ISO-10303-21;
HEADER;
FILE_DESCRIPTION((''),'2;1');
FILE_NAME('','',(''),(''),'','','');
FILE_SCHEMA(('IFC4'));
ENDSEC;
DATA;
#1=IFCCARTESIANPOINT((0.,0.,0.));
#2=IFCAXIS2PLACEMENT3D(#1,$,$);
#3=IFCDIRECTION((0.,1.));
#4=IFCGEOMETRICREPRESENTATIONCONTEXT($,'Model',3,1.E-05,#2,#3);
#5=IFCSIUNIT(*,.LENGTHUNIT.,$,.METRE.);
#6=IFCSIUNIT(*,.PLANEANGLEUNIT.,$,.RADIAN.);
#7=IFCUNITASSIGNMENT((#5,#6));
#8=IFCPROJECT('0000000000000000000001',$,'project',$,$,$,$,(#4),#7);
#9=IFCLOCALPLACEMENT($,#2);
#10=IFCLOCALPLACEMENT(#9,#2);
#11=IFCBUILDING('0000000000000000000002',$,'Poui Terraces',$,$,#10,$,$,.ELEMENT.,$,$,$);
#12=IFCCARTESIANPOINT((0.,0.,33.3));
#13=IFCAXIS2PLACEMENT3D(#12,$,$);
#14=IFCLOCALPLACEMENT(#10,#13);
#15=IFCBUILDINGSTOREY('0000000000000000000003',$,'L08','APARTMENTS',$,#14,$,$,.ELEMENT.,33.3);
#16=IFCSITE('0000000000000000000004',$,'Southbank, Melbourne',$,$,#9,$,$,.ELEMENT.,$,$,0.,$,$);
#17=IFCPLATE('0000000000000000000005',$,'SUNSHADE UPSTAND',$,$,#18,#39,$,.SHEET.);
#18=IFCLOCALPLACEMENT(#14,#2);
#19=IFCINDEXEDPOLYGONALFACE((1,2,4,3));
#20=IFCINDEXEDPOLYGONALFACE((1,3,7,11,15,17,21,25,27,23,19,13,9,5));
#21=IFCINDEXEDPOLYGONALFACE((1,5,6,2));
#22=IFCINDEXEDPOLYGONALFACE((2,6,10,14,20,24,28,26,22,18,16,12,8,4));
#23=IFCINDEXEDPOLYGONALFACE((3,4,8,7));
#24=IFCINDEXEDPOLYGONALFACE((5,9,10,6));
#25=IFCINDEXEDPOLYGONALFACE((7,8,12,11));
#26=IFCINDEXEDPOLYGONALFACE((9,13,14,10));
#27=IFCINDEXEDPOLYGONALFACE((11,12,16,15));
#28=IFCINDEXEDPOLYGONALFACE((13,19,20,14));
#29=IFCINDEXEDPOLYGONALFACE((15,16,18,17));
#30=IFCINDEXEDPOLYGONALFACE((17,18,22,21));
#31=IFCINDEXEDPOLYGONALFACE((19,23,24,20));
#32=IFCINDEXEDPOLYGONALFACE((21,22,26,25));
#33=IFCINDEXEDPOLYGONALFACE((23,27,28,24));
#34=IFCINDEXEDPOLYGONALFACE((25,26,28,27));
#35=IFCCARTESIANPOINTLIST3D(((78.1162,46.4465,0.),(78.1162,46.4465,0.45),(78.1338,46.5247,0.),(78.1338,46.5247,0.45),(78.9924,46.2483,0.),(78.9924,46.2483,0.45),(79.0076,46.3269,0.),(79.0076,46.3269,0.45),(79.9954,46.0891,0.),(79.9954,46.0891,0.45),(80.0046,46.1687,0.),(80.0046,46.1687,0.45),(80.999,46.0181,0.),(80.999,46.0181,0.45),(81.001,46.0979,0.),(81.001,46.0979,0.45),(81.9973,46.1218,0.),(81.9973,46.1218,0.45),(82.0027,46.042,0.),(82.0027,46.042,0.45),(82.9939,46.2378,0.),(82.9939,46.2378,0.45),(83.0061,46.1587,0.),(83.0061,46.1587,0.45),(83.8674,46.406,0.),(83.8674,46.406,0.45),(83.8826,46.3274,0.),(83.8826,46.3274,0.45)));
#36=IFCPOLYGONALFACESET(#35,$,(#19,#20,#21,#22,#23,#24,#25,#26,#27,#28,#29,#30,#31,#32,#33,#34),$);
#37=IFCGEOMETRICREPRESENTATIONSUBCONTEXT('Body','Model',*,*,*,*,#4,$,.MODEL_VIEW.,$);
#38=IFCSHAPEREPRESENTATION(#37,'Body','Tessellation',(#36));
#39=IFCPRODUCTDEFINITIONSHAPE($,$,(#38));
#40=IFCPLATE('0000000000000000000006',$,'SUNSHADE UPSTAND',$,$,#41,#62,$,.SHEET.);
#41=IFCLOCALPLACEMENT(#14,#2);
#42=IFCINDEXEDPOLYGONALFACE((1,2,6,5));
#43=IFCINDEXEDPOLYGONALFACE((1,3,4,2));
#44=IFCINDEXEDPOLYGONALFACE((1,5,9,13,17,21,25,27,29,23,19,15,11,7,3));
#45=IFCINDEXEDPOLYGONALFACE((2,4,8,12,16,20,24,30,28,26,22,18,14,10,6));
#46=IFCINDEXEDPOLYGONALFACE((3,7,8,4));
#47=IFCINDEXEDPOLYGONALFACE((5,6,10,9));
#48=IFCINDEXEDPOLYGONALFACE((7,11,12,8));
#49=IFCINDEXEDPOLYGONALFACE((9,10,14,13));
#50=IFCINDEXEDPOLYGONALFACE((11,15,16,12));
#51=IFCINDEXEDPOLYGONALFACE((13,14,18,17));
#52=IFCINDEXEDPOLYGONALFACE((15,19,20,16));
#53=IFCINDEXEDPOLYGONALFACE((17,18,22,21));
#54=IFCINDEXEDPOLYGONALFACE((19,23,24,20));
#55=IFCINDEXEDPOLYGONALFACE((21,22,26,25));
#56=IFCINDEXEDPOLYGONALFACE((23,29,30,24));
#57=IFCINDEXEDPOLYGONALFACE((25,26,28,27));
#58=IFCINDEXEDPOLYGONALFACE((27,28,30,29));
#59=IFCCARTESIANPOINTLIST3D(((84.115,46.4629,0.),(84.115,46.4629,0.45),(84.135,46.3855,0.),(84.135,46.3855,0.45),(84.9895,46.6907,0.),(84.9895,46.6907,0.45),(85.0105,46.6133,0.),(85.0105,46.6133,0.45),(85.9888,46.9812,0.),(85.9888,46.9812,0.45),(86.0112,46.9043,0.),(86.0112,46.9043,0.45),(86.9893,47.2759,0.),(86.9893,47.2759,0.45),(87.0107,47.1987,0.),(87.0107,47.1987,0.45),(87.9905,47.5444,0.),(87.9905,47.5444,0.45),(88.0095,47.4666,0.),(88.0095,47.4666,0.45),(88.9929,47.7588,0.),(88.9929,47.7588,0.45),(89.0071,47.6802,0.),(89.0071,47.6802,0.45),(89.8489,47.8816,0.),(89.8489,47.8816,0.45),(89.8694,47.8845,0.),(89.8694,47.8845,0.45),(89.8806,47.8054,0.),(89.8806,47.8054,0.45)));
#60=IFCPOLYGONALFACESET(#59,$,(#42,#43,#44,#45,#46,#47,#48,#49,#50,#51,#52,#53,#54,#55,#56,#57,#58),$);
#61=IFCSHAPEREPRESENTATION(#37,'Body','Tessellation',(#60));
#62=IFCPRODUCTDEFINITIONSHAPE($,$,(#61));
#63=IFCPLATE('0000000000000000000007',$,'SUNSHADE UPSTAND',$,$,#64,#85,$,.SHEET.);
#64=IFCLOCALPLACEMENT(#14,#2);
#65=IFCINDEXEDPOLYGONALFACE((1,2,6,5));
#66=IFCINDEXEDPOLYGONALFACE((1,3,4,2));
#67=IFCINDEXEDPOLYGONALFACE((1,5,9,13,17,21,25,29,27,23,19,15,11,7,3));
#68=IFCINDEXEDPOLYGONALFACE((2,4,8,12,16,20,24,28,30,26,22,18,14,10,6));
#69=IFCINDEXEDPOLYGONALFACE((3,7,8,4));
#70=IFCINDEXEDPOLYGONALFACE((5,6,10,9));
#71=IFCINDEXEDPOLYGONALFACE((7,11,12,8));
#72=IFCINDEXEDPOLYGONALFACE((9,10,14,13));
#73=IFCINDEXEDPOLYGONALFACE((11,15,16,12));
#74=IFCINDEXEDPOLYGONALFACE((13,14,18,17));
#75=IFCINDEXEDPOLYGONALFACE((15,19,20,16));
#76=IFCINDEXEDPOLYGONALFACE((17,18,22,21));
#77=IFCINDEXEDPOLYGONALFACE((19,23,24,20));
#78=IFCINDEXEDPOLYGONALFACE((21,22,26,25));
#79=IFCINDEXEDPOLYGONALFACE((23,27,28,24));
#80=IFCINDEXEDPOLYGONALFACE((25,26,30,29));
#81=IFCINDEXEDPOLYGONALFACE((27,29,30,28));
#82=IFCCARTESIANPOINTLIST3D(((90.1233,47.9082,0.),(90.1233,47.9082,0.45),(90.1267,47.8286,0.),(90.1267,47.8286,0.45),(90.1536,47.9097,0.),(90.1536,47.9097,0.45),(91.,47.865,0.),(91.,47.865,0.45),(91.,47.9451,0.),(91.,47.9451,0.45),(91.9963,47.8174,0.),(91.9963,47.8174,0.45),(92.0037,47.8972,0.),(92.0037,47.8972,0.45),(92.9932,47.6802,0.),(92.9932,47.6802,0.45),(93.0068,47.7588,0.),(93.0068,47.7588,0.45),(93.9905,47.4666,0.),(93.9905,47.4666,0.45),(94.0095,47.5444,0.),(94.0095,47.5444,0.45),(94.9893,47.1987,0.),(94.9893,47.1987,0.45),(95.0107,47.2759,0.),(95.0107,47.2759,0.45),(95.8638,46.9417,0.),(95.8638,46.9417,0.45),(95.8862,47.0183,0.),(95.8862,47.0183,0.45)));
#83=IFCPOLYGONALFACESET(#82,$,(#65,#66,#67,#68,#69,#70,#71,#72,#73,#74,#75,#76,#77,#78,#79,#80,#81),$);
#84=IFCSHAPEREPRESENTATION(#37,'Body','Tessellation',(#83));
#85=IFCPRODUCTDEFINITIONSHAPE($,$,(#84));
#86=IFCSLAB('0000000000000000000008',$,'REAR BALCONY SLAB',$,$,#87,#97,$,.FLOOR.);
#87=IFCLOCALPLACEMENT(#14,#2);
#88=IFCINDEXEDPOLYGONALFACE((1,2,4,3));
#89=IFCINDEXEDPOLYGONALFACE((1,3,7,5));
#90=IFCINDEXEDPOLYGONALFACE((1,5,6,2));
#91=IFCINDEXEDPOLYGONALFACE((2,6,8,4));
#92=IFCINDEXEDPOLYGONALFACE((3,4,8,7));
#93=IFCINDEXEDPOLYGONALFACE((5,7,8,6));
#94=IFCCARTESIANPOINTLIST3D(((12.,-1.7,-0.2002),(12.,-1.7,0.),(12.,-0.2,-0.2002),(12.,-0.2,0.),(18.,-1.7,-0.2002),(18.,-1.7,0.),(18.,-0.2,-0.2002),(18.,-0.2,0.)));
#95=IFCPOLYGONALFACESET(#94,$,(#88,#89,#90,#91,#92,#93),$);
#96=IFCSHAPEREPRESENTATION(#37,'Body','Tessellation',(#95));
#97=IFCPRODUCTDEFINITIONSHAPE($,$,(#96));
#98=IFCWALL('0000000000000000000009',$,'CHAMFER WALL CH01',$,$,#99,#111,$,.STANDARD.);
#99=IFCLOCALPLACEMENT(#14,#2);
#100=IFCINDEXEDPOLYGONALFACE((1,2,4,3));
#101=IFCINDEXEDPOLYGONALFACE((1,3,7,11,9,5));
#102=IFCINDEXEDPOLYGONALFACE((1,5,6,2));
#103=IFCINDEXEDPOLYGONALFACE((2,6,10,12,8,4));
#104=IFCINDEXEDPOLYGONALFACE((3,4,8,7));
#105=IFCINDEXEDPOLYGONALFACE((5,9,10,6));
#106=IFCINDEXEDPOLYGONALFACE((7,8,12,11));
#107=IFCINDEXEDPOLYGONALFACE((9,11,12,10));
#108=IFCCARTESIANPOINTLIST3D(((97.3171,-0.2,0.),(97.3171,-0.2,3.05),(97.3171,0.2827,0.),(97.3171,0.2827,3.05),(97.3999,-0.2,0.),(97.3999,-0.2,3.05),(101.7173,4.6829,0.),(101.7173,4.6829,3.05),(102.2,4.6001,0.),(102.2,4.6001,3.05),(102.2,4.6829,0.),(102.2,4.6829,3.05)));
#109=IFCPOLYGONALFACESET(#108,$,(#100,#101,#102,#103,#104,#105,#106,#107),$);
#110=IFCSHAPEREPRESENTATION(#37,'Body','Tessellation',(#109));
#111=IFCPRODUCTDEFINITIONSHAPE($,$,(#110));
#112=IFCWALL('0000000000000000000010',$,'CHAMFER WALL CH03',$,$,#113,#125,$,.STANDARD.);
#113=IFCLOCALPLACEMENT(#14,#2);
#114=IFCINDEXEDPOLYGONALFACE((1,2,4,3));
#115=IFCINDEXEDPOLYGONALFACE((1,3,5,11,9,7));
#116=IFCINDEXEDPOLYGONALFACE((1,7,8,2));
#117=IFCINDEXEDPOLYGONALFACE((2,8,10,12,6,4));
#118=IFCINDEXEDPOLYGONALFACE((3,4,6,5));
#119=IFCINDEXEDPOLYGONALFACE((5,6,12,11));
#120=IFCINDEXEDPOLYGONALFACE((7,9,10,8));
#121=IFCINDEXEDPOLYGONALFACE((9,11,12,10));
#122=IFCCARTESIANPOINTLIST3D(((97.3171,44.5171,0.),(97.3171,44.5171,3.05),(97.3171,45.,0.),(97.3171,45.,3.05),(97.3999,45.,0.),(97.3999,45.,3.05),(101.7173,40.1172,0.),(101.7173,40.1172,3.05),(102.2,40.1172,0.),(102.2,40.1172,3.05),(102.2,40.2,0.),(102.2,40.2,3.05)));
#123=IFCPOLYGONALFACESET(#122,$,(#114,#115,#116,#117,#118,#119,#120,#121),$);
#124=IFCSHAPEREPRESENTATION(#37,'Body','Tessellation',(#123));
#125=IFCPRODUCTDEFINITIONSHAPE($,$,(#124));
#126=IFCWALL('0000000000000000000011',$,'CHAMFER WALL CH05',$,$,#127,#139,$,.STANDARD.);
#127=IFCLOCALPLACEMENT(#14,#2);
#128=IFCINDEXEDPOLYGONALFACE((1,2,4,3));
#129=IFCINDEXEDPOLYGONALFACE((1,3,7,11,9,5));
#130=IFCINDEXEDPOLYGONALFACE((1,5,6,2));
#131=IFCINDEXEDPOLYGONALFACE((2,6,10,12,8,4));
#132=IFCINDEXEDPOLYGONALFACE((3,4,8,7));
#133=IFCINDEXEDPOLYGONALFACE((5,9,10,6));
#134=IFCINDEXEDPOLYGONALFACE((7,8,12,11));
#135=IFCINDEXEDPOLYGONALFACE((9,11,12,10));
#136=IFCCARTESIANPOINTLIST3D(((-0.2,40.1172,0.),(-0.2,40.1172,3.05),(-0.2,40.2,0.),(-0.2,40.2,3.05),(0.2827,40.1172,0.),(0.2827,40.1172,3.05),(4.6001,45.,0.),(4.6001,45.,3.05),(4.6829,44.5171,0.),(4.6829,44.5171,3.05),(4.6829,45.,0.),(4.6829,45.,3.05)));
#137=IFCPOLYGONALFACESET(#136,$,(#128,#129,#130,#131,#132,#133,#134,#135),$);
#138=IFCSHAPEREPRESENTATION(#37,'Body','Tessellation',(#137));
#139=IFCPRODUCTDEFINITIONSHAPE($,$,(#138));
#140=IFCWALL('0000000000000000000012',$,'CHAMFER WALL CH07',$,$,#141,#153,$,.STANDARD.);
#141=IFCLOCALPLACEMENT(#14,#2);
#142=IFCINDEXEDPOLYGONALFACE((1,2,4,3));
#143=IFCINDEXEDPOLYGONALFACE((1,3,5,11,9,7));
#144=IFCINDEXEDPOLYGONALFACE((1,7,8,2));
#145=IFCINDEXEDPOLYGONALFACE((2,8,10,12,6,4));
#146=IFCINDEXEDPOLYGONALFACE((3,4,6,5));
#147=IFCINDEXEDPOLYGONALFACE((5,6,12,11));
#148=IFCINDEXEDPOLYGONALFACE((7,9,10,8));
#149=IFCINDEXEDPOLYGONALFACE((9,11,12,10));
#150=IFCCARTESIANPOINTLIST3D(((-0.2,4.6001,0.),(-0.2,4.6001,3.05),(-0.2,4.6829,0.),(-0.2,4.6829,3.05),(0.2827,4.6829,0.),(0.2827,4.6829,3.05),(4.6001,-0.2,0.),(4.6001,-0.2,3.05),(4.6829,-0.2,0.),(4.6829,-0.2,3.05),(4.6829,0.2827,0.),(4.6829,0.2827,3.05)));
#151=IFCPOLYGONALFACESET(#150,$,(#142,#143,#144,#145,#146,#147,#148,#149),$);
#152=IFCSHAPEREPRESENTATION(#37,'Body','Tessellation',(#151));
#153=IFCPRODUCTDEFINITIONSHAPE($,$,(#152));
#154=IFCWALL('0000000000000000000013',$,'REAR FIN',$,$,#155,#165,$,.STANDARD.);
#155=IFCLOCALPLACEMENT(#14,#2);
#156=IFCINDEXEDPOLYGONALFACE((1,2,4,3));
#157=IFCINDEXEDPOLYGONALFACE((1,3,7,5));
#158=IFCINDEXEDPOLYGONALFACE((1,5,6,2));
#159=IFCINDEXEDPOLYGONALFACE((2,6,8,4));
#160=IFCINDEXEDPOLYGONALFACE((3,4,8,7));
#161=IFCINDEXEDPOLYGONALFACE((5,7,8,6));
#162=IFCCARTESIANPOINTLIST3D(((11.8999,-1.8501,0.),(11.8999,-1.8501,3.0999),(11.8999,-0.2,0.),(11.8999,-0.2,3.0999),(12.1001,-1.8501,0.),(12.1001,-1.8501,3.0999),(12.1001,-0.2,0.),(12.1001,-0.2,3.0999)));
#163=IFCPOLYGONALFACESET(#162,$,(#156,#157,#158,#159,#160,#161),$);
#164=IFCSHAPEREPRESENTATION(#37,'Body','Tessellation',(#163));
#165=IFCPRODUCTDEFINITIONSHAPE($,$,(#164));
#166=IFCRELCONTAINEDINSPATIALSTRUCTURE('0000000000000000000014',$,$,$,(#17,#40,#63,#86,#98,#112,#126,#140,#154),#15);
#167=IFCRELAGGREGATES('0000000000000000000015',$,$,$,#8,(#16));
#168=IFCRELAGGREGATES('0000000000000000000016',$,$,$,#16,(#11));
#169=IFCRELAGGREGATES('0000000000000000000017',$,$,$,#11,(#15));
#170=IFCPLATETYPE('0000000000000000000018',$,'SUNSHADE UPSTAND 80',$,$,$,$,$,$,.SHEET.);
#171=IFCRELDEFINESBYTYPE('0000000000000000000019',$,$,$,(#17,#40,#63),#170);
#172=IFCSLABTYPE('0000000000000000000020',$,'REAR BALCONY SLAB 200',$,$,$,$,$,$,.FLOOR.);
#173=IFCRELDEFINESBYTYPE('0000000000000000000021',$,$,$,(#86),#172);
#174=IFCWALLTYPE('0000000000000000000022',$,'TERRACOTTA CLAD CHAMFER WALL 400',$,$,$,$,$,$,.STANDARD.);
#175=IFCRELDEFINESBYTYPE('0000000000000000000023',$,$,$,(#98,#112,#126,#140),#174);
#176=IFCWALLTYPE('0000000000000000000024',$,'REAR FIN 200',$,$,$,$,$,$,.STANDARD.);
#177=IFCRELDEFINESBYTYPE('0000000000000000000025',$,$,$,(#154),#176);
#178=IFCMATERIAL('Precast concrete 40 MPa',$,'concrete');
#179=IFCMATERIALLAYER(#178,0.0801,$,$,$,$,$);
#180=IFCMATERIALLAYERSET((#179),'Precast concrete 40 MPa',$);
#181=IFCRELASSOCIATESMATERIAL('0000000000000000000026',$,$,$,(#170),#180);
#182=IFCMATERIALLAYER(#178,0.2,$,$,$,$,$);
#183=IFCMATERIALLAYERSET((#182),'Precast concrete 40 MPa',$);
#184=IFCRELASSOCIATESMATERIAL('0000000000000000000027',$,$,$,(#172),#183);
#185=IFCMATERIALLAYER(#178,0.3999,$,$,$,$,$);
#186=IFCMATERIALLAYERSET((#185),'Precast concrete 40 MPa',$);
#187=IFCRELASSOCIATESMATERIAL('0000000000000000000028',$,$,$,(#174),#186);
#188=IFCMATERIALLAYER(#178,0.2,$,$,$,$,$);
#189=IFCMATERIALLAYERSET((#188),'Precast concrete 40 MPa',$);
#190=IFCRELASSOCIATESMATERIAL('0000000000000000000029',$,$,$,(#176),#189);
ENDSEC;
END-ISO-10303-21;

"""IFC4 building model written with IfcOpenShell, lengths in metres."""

from ifc_helpers import new_model, si_unit, direction, frame, origin, place, context, subcontext, project, spatial, polyline, outline, extrude, source, transform, mapped, material, layer, layer_set, type_object, element, save


model = new_model("IFC4")

# Units and contexts
model_context = context("Model", 3, precision=1e-05, world=origin(), true_north=direction((0.0, 1.0)))
body_context = subcontext(model_context, "Body", "Model", "MODEL_VIEW")
ifc_project = project(units=[si_unit("LENGTHUNIT", "METRE"), si_unit("PLANEANGLEUNIT", "RADIAN")], contexts=[model_context])

# Site, building, storey
site_placement = place(None, origin())
site = spatial("IfcSite", under=ifc_project, at=site_placement, Name="Southbank, Melbourne", CompositionType="ELEMENT", RefElevation=0.0)
building_placement = place(site_placement, origin())
building = spatial("IfcBuilding", under=site, at=building_placement, Name="Poui Terraces", CompositionType="ELEMENT")
storey_placement = place(building_placement, frame((0.0, 0.0, 33.3)))
storey = spatial("IfcBuildingStorey", under=building, at=storey_placement, Name="L08", Description="APARTMENTS", CompositionType="ELEMENT", Elevation=33.3)

# Shared definitions
ifc_material_1 = material(Name="Precast concrete 40 MPa", Category="concrete")

# Plates
ifc_layer_1 = layer(ifc_material_1, 0.0801)
ifc_layer_set_1 = layer_set([ifc_layer_1], Name="Precast concrete 40 MPa")
plate_type = type_object("IfcPlateType", Name="SUNSHADE UPSTAND 80", PredefinedType="SHEET", material=ifc_layer_set_1)
plate_1_placement = place(storey_placement, origin())
element("IfcPlate", 1, at=plate_1_placement, inside=storey, type_object=plate_type, Name="SUNSHADE UPSTAND", PredefinedType="SHEET", context=body_context, shape_type="SweptSolid", body=[
    extrude(outline(polyline([(79.0076, 46.3269), (78.1338, 46.5247), (78.1162, 46.4465), (78.9924, 46.2483), (79.9954, 46.0891), (80.999, 46.0181), (82.0027, 46.042), (83.0061, 46.1587), (83.8826, 46.3274), (83.8674, 46.406), (82.9939, 46.2378), (81.9973, 46.1218), (81.001, 46.0979), (80.0046, 46.1687), (79.0076, 46.3269)])), origin(), (0.0, 0.0, 1.0), 0.45),
])
plate_2_placement = place(storey_placement, origin())
element("IfcPlate", 2, at=plate_2_placement, inside=storey, type_object=plate_type, Name="SUNSHADE UPSTAND", PredefinedType="SHEET", context=body_context, shape_type="SweptSolid", body=[
    extrude(outline(polyline([(84.9895, 46.6907), (84.115, 46.4629), (84.135, 46.3855), (85.0105, 46.6133), (86.0112, 46.9043), (87.0107, 47.1987), (88.0095, 47.4666), (89.0071, 47.6802), (89.8806, 47.8054), (89.8694, 47.8845), (89.8489, 47.8816), (88.9929, 47.7588), (87.9905, 47.5444), (86.9893, 47.2759), (85.9888, 46.9812), (84.9895, 46.6907)])), origin(), (0.0, 0.0, 1.0), 0.45),
])
plate_3_placement = place(storey_placement, origin())
element("IfcPlate", 3, at=plate_3_placement, inside=storey, type_object=plate_type, Name="SUNSHADE UPSTAND", PredefinedType="SHEET", context=body_context, shape_type="SweptSolid", body=[
    extrude(outline(polyline([(91.0, 47.9451), (90.1536, 47.9097), (90.1233, 47.9082), (90.1267, 47.8286), (91.0, 47.865), (91.9963, 47.8174), (92.9932, 47.6802), (93.9905, 47.4666), (94.9893, 47.1987), (95.8638, 46.9417), (95.8862, 47.0183), (95.0107, 47.2759), (94.0095, 47.5444), (93.0068, 47.7588), (92.0037, 47.8972), (91.0, 47.9451)])), origin(), (0.0, 0.0, 1.0), 0.45),
])

# Slab
ifc_layer_2 = layer(ifc_material_1, 0.2)
ifc_layer_set_2 = layer_set([ifc_layer_2], Name="Precast concrete 40 MPa")
slab_type_1 = type_object("IfcSlabType", Name="REAR BALCONY SLAB 200", PredefinedType="FLOOR", material=ifc_layer_set_2)
shared_shape_1 = source(origin(), body_context, "Body", "SweptSolid", [
    extrude(outline(polyline([(0.0, 0.0), (6.0, 0.0), (6.0, 1.5), (0.0, 1.5), (0.0, 0.0)])), origin(), (0.0, 0.0, 1.0), 0.2002),
])
slab_1_placement = place(storey_placement, frame((12.0, -1.7, -0.2002)))
element("IfcSlab", 4, at=slab_1_placement, inside=storey, type_object=slab_type_1, Name="REAR BALCONY SLAB", PredefinedType="FLOOR", context=body_context, shape_type="MappedRepresentation", body=[
    mapped(shared_shape_1, transform((0.0, 0.0, 0.0))),
])

# Walls
ifc_layer_3 = layer(ifc_material_1, 0.3999)
ifc_layer_set_3 = layer_set([ifc_layer_3], Name="Precast concrete 40 MPa")
wall_type_1 = type_object("IfcWallType", Name="TERRACOTTA CLAD CHAMFER WALL 400", PredefinedType="STANDARD", material=ifc_layer_set_3)
wall_1_placement = place(storey_placement, origin())
element("IfcWall", 5, at=wall_1_placement, inside=storey, type_object=wall_type_1, Name="CHAMFER WALL CH01", PredefinedType="STANDARD", context=body_context, shape_type="SweptSolid", body=[
    extrude(outline(polyline([(97.3171, -0.2), (97.3999, -0.2), (102.2, 4.6001), (102.2, 4.6829), (101.7173, 4.6829), (97.3171, 0.2827), (97.3171, -0.2)])), origin(), (0.0, 0.0, 1.0), 3.05),
])
wall_2_placement = place(storey_placement, origin())
element("IfcWall", 6, at=wall_2_placement, inside=storey, type_object=wall_type_1, Name="CHAMFER WALL CH03", PredefinedType="STANDARD", context=body_context, shape_type="SweptSolid", body=[
    extrude(outline(polyline([(102.2, 40.1172), (102.2, 40.2), (97.3999, 45.0), (97.3171, 45.0), (97.3171, 44.5171), (101.7173, 40.1172), (102.2, 40.1172)])), origin(), (0.0, 0.0, 1.0), 3.05),
])
wall_3_placement = place(storey_placement, origin())
element("IfcWall", 7, at=wall_3_placement, inside=storey, type_object=wall_type_1, Name="CHAMFER WALL CH05", PredefinedType="STANDARD", context=body_context, shape_type="SweptSolid", body=[
    extrude(outline(polyline([(4.6829, 45.0), (4.6001, 45.0), (-0.2, 40.2), (-0.2, 40.1172), (0.2827, 40.1172), (4.6829, 44.5171), (4.6829, 45.0)])), origin(), (0.0, 0.0, 1.0), 3.05),
])
wall_4_placement = place(storey_placement, origin())
element("IfcWall", 8, at=wall_4_placement, inside=storey, type_object=wall_type_1, Name="CHAMFER WALL CH07", PredefinedType="STANDARD", context=body_context, shape_type="SweptSolid", body=[
    extrude(outline(polyline([(-0.2, 4.6829), (-0.2, 4.6001), (4.6001, -0.2), (4.6829, -0.2), (4.6829, 0.2827), (0.2827, 4.6829), (-0.2, 4.6829)])), origin(), (0.0, 0.0, 1.0), 3.05),
])
ifc_layer_4 = layer(ifc_material_1, 0.2)
ifc_layer_set_4 = layer_set([ifc_layer_4], Name="Precast concrete 40 MPa")
wall_type_2 = type_object("IfcWallType", Name="REAR FIN 200", PredefinedType="STANDARD", material=ifc_layer_set_4)
shared_shape_2 = source(origin(), body_context, "Body", "SweptSolid", [
    extrude(outline(polyline([(0.0, 0.0), (0.2002, 0.0), (0.2002, 1.6501), (0.0, 1.6501), (0.0, 0.0)])), origin(), (0.0, 0.0, 1.0), 3.0999),
])
wall_5_placement = place(storey_placement, frame((11.8999, -1.8501, 0.0)))
element("IfcWall", 9, at=wall_5_placement, inside=storey, type_object=wall_type_2, Name="REAR FIN", PredefinedType="STANDARD", context=body_context, shape_type="MappedRepresentation", body=[
    mapped(shared_shape_2, transform((0.0, 0.0, 0.0))),
])

save(model, "model.ifc")
